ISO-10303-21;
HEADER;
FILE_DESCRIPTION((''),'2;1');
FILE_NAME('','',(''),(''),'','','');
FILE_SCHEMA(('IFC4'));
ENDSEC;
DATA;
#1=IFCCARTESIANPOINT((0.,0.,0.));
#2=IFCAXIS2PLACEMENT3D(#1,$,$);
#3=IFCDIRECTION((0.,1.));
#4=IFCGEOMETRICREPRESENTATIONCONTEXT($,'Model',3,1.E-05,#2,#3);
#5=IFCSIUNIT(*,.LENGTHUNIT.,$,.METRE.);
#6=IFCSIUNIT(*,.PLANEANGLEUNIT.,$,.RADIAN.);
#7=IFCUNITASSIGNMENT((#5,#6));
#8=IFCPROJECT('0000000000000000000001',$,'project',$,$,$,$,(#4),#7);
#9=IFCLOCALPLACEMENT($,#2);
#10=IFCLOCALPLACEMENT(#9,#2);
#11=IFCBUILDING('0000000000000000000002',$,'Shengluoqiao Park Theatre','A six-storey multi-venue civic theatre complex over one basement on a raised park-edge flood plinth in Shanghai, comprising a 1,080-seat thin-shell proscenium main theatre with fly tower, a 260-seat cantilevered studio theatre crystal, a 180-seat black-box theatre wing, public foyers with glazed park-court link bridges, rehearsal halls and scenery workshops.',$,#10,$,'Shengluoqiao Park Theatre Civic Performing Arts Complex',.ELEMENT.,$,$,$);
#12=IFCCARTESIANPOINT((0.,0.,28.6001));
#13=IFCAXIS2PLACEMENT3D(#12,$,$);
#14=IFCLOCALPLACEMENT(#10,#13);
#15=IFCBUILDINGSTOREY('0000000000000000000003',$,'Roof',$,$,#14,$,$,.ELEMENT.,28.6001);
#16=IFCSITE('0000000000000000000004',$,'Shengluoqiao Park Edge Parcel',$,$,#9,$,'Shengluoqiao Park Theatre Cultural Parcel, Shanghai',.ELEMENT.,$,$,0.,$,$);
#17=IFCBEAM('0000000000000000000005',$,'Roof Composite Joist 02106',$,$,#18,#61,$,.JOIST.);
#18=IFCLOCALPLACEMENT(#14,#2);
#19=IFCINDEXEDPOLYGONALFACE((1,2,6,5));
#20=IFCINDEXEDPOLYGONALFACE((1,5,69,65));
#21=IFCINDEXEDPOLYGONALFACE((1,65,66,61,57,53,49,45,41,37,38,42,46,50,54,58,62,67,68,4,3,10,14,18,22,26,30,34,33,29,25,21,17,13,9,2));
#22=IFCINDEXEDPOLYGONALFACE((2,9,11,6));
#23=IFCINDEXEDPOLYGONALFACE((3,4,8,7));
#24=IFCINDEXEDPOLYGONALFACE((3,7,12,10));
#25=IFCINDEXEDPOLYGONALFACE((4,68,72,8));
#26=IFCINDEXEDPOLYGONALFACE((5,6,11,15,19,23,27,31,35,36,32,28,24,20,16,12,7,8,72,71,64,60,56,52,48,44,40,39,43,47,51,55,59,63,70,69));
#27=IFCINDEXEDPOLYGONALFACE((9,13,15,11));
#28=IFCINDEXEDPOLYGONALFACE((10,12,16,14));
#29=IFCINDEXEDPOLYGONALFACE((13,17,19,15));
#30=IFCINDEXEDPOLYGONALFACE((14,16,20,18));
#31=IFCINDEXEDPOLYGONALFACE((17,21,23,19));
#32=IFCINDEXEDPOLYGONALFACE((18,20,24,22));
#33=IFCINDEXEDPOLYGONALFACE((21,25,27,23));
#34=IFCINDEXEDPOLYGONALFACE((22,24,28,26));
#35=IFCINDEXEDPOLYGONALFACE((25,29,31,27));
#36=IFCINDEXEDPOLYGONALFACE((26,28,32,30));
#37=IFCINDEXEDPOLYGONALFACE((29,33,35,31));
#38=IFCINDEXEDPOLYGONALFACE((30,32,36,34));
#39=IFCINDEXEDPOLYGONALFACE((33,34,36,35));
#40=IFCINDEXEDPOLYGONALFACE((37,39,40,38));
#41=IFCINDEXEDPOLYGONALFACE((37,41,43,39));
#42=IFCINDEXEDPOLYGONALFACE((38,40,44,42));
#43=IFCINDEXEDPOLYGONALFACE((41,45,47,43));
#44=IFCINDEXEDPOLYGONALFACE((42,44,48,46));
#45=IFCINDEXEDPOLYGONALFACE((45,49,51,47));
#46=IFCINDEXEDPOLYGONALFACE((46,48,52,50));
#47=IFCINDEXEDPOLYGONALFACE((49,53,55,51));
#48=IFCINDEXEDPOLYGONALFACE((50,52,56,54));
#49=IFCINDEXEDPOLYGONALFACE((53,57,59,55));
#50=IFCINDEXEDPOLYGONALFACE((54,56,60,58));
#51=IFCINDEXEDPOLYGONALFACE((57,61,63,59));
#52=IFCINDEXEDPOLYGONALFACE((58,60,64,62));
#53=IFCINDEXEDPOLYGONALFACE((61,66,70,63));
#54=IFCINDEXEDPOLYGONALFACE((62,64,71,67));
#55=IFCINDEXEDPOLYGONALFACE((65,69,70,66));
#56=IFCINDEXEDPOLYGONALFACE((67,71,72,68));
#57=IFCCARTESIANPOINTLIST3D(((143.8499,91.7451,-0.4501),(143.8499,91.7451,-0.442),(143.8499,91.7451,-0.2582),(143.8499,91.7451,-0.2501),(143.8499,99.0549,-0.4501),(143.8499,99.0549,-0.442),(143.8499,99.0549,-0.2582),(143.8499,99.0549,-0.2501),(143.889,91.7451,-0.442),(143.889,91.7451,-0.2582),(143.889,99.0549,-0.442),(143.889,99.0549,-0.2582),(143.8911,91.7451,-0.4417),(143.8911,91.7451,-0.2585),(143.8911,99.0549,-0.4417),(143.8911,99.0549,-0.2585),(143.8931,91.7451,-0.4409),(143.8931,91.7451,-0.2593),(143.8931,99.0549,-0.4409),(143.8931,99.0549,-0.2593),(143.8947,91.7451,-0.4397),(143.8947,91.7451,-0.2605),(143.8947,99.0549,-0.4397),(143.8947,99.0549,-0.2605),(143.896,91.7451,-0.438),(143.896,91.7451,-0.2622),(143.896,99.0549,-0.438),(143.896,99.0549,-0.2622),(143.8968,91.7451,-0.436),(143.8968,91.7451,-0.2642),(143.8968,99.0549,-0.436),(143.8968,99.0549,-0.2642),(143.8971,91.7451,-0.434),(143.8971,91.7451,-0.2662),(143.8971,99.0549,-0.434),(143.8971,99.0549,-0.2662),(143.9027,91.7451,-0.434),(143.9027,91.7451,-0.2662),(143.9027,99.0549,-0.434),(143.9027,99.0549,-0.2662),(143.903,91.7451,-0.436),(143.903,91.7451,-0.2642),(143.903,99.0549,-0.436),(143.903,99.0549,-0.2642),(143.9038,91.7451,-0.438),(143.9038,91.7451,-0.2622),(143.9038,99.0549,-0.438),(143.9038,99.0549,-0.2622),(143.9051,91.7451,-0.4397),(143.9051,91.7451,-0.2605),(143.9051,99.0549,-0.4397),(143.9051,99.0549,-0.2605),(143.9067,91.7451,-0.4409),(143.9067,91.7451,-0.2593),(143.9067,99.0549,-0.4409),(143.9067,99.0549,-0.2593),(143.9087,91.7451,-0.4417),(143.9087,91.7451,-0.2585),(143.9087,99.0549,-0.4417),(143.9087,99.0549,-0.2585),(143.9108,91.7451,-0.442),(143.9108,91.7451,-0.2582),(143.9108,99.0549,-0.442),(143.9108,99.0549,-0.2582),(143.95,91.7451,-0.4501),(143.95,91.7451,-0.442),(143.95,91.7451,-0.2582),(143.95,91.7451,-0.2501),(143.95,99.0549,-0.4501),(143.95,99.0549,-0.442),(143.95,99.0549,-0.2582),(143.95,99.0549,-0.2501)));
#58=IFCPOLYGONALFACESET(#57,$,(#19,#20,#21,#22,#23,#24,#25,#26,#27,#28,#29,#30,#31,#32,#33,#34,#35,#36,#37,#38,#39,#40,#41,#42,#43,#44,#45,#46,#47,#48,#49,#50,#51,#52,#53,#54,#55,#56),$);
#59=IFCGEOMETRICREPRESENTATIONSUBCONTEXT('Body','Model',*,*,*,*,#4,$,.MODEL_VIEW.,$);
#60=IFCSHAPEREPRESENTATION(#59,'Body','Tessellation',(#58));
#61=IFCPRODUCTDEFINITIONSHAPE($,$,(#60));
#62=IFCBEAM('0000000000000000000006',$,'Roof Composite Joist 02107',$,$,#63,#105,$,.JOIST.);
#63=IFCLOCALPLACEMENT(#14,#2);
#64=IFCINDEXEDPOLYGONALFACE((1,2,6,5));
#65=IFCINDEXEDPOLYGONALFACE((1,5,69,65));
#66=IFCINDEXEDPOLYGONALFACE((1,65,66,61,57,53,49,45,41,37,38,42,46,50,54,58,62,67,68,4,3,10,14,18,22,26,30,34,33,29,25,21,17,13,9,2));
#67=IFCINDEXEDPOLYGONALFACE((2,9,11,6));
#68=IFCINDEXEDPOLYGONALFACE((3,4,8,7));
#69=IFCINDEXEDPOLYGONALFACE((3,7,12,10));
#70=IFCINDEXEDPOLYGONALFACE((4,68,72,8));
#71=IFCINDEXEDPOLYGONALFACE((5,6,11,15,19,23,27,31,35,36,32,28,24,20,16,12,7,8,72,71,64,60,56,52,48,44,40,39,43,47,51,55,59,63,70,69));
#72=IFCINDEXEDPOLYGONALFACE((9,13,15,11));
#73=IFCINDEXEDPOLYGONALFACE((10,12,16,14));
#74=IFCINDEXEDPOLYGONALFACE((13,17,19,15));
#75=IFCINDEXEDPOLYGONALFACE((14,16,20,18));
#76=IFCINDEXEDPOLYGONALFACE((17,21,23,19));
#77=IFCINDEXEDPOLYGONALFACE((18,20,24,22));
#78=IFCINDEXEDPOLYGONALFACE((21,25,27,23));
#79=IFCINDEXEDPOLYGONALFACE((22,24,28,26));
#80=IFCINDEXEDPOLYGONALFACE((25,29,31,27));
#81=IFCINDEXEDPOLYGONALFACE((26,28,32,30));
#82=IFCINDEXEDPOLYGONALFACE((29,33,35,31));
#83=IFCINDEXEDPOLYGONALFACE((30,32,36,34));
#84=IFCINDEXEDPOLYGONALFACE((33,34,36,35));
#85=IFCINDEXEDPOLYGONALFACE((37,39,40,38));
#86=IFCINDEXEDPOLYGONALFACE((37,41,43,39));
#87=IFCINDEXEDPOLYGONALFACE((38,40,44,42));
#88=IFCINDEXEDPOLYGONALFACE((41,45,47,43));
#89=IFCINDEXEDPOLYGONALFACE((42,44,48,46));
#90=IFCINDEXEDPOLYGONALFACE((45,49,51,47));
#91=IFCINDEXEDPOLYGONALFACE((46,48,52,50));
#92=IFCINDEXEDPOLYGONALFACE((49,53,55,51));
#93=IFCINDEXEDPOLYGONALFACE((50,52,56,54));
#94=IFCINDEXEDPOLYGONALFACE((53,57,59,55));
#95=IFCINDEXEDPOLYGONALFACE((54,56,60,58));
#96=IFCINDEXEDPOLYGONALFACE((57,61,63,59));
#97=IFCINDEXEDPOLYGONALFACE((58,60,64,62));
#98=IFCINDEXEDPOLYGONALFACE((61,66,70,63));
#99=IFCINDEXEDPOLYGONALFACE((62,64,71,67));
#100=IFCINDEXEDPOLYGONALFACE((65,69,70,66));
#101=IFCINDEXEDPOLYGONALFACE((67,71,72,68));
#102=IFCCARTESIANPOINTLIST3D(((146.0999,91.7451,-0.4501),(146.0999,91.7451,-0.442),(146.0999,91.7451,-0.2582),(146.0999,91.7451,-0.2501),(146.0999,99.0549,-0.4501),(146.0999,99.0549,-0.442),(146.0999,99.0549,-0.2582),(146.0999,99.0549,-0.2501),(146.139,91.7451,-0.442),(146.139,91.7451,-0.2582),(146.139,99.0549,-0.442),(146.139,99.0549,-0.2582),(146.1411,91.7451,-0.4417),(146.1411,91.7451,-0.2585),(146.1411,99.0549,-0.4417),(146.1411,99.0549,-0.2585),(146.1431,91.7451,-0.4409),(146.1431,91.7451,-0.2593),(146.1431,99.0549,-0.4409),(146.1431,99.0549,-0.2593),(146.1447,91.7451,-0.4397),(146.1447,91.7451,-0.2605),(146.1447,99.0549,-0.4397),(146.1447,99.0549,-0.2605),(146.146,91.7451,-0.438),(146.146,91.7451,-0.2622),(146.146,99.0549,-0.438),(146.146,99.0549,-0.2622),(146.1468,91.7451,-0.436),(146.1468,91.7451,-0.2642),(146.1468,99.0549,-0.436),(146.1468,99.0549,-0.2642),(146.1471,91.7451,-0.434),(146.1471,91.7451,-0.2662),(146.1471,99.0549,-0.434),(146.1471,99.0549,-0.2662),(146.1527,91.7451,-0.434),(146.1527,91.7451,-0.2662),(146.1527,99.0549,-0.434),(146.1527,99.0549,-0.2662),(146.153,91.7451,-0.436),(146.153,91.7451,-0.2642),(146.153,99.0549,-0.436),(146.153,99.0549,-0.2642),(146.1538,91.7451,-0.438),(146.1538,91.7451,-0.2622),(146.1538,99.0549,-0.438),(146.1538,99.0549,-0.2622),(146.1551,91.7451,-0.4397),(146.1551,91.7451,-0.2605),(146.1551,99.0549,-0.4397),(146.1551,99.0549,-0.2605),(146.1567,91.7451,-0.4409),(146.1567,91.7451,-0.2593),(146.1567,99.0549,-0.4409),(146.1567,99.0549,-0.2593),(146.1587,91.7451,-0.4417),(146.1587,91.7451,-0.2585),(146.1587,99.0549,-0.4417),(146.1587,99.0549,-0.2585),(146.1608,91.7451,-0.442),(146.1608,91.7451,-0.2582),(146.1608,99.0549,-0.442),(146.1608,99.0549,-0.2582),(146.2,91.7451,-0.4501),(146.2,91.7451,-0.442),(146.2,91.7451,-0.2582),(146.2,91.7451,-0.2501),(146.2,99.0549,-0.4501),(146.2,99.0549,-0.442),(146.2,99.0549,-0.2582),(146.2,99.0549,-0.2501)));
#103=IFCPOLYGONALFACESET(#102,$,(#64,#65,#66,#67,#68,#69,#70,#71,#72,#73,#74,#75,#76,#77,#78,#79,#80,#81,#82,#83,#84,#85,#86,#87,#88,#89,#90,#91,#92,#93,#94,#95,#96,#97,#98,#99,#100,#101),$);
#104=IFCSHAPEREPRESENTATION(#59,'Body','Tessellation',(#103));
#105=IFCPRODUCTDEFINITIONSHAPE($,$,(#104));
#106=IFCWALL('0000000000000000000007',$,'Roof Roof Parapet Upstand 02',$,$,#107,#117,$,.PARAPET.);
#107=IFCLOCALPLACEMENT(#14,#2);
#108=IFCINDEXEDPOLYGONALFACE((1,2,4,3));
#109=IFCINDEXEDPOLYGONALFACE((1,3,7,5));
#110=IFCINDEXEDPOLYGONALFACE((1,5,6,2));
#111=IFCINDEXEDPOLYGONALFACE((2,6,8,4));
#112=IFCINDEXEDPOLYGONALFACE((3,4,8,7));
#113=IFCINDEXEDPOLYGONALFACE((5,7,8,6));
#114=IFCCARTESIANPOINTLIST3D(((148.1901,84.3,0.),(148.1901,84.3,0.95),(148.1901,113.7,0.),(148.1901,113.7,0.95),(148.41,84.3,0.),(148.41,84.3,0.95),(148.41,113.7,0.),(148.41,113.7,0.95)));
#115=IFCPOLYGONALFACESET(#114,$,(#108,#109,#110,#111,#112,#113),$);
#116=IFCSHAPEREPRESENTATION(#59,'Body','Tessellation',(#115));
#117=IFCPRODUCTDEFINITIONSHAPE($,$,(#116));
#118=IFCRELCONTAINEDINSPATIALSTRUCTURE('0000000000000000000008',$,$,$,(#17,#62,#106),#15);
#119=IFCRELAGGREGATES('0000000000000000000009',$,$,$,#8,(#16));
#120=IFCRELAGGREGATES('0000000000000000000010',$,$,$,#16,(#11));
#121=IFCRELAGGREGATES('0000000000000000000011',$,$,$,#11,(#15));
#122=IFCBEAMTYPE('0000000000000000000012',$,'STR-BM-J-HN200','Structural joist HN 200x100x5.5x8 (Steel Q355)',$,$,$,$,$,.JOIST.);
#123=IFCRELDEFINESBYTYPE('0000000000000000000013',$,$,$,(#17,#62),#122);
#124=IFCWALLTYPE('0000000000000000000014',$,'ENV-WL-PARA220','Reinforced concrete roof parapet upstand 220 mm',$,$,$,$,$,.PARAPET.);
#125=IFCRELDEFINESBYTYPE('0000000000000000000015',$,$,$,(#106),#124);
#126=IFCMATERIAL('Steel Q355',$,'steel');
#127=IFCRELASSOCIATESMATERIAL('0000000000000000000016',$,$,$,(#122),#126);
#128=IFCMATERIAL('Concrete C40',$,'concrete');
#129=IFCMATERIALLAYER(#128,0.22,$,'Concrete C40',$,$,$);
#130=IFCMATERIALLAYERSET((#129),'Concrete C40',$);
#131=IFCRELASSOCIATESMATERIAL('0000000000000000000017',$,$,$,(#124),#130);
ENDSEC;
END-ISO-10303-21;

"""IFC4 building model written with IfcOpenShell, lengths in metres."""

from ifc_helpers import new_model, si_unit, direction, frame, frame_2d, origin, origin_2d, place, context, subcontext, project, spatial, rectangle, i_section, extrude, material, layer, layer_set, material_profile, profile_set, type_object, element, save


model = new_model("IFC4")

# Units and contexts
model_context = context("Model", 3, precision=1e-05, world=origin(), true_north=direction((0.0, 1.0)))
body_context = subcontext(model_context, "Body", "Model", "MODEL_VIEW")
ifc_project = project(units=[si_unit("LENGTHUNIT", "METRE"), si_unit("PLANEANGLEUNIT", "RADIAN")], contexts=[model_context])

# Site, building, storey
site_placement = place(None, origin())
site = spatial("IfcSite", under=ifc_project, at=site_placement, Name="Shengluoqiao Park Edge Parcel", LongName="Shengluoqiao Park Theatre Cultural Parcel, Shanghai", CompositionType="ELEMENT", RefElevation=0.0)
building_placement = place(site_placement, origin())
building = spatial("IfcBuilding", under=site, at=building_placement, Name="Shengluoqiao Park Theatre", Description="A six-storey multi-venue civic theatre complex over one basement on a raised park-edge flood plinth in Shanghai, comprising a 1,080-seat thin-shell proscenium main theatre with fly tower, a 260-seat cantilevered studio theatre crystal, a 180-seat black-box theatre wing, public foyers with glazed park-court link bridges, rehearsal halls and scenery workshops.", LongName="Shengluoqiao Park Theatre Civic Performing Arts Complex", CompositionType="ELEMENT")
storey_placement = place(building_placement, frame((0.0, 0.0, 28.6001)))
storey = spatial("IfcBuildingStorey", under=building, at=storey_placement, Name="Roof", CompositionType="ELEMENT", Elevation=28.6001)

# Beams
ifc_material_1 = material(Name="Steel Q355", Category="steel")
ifc_material_profile_1 = material_profile(ifc_material_1, i_section(OverallWidth=0.1001, OverallDepth=0.2, WebThickness=0.0056, FlangeThickness=0.0081, FilletRadius=0.0081, at=origin_2d()), Name="HN 200x100x5.5x8")
ifc_profile_set_1 = profile_set([ifc_material_profile_1], Name="Steel Q355")
beam_type_1 = type_object("IfcBeamType", Name="STR-BM-J-HN200", Description="Structural joist HN 200x100x5.5x8 (Steel Q355)", PredefinedType="JOIST", material=ifc_profile_set_1)
for number, where, z_axis, x_axis, name in (
    (1, (143.8999, 91.7451, -0.3501), (0.0, 1.0, 0.0), (-1.0, 0.0, 0.0), "Roof Composite Joist 02106"),
    (2, (146.1499, 91.7451, -0.3501), (0.0, 1.0, 0.0), (-1.0, 0.0, 0.0), "Roof Composite Joist 02107"),
):
    element("IfcBeam", number, at=place(storey_placement, frame(where, z_axis=z_axis, x_axis=x_axis)), inside=storey, type_object=beam_type_1, Name=name, PredefinedType="JOIST", context=body_context, shape_type="SweptSolid", body=[
        extrude(i_section(OverallWidth=0.1001, OverallDepth=0.2, WebThickness=0.0056, FlangeThickness=0.0081, FilletRadius=0.0081, at=origin_2d()), origin(), (0.0, 0.0, 1.0), 7.3098),
    ])

# Wall
ifc_material_2 = material(Name="Concrete C40", Category="concrete")
ifc_layer = layer(ifc_material_2, 0.22, Name="Concrete C40")
ifc_layer_set = layer_set([ifc_layer], Name="Concrete C40")
wall_type = type_object("IfcWallType", Name="ENV-WL-PARA220", Description="Reinforced concrete roof parapet upstand 220 mm", PredefinedType="PARAPET", material=ifc_layer_set)
wall_placement = place(storey_placement, frame((148.3, 84.3, 0.0), z_axis=(0.0, 0.0, 1.0), x_axis=(0.0, 1.0, 0.0)))
element("IfcWall", 3, at=wall_placement, inside=storey, type_object=wall_type, Name="Roof Roof Parapet Upstand 02", PredefinedType="PARAPET", context=body_context, shape_type="SweptSolid", body=[
    extrude(rectangle(XDim=29.3999, YDim=0.22, at=frame_2d((14.7, 0.0))), origin(), (0.0, 0.0, 1.0), 0.95),
])

save(model, "model.ifc")
